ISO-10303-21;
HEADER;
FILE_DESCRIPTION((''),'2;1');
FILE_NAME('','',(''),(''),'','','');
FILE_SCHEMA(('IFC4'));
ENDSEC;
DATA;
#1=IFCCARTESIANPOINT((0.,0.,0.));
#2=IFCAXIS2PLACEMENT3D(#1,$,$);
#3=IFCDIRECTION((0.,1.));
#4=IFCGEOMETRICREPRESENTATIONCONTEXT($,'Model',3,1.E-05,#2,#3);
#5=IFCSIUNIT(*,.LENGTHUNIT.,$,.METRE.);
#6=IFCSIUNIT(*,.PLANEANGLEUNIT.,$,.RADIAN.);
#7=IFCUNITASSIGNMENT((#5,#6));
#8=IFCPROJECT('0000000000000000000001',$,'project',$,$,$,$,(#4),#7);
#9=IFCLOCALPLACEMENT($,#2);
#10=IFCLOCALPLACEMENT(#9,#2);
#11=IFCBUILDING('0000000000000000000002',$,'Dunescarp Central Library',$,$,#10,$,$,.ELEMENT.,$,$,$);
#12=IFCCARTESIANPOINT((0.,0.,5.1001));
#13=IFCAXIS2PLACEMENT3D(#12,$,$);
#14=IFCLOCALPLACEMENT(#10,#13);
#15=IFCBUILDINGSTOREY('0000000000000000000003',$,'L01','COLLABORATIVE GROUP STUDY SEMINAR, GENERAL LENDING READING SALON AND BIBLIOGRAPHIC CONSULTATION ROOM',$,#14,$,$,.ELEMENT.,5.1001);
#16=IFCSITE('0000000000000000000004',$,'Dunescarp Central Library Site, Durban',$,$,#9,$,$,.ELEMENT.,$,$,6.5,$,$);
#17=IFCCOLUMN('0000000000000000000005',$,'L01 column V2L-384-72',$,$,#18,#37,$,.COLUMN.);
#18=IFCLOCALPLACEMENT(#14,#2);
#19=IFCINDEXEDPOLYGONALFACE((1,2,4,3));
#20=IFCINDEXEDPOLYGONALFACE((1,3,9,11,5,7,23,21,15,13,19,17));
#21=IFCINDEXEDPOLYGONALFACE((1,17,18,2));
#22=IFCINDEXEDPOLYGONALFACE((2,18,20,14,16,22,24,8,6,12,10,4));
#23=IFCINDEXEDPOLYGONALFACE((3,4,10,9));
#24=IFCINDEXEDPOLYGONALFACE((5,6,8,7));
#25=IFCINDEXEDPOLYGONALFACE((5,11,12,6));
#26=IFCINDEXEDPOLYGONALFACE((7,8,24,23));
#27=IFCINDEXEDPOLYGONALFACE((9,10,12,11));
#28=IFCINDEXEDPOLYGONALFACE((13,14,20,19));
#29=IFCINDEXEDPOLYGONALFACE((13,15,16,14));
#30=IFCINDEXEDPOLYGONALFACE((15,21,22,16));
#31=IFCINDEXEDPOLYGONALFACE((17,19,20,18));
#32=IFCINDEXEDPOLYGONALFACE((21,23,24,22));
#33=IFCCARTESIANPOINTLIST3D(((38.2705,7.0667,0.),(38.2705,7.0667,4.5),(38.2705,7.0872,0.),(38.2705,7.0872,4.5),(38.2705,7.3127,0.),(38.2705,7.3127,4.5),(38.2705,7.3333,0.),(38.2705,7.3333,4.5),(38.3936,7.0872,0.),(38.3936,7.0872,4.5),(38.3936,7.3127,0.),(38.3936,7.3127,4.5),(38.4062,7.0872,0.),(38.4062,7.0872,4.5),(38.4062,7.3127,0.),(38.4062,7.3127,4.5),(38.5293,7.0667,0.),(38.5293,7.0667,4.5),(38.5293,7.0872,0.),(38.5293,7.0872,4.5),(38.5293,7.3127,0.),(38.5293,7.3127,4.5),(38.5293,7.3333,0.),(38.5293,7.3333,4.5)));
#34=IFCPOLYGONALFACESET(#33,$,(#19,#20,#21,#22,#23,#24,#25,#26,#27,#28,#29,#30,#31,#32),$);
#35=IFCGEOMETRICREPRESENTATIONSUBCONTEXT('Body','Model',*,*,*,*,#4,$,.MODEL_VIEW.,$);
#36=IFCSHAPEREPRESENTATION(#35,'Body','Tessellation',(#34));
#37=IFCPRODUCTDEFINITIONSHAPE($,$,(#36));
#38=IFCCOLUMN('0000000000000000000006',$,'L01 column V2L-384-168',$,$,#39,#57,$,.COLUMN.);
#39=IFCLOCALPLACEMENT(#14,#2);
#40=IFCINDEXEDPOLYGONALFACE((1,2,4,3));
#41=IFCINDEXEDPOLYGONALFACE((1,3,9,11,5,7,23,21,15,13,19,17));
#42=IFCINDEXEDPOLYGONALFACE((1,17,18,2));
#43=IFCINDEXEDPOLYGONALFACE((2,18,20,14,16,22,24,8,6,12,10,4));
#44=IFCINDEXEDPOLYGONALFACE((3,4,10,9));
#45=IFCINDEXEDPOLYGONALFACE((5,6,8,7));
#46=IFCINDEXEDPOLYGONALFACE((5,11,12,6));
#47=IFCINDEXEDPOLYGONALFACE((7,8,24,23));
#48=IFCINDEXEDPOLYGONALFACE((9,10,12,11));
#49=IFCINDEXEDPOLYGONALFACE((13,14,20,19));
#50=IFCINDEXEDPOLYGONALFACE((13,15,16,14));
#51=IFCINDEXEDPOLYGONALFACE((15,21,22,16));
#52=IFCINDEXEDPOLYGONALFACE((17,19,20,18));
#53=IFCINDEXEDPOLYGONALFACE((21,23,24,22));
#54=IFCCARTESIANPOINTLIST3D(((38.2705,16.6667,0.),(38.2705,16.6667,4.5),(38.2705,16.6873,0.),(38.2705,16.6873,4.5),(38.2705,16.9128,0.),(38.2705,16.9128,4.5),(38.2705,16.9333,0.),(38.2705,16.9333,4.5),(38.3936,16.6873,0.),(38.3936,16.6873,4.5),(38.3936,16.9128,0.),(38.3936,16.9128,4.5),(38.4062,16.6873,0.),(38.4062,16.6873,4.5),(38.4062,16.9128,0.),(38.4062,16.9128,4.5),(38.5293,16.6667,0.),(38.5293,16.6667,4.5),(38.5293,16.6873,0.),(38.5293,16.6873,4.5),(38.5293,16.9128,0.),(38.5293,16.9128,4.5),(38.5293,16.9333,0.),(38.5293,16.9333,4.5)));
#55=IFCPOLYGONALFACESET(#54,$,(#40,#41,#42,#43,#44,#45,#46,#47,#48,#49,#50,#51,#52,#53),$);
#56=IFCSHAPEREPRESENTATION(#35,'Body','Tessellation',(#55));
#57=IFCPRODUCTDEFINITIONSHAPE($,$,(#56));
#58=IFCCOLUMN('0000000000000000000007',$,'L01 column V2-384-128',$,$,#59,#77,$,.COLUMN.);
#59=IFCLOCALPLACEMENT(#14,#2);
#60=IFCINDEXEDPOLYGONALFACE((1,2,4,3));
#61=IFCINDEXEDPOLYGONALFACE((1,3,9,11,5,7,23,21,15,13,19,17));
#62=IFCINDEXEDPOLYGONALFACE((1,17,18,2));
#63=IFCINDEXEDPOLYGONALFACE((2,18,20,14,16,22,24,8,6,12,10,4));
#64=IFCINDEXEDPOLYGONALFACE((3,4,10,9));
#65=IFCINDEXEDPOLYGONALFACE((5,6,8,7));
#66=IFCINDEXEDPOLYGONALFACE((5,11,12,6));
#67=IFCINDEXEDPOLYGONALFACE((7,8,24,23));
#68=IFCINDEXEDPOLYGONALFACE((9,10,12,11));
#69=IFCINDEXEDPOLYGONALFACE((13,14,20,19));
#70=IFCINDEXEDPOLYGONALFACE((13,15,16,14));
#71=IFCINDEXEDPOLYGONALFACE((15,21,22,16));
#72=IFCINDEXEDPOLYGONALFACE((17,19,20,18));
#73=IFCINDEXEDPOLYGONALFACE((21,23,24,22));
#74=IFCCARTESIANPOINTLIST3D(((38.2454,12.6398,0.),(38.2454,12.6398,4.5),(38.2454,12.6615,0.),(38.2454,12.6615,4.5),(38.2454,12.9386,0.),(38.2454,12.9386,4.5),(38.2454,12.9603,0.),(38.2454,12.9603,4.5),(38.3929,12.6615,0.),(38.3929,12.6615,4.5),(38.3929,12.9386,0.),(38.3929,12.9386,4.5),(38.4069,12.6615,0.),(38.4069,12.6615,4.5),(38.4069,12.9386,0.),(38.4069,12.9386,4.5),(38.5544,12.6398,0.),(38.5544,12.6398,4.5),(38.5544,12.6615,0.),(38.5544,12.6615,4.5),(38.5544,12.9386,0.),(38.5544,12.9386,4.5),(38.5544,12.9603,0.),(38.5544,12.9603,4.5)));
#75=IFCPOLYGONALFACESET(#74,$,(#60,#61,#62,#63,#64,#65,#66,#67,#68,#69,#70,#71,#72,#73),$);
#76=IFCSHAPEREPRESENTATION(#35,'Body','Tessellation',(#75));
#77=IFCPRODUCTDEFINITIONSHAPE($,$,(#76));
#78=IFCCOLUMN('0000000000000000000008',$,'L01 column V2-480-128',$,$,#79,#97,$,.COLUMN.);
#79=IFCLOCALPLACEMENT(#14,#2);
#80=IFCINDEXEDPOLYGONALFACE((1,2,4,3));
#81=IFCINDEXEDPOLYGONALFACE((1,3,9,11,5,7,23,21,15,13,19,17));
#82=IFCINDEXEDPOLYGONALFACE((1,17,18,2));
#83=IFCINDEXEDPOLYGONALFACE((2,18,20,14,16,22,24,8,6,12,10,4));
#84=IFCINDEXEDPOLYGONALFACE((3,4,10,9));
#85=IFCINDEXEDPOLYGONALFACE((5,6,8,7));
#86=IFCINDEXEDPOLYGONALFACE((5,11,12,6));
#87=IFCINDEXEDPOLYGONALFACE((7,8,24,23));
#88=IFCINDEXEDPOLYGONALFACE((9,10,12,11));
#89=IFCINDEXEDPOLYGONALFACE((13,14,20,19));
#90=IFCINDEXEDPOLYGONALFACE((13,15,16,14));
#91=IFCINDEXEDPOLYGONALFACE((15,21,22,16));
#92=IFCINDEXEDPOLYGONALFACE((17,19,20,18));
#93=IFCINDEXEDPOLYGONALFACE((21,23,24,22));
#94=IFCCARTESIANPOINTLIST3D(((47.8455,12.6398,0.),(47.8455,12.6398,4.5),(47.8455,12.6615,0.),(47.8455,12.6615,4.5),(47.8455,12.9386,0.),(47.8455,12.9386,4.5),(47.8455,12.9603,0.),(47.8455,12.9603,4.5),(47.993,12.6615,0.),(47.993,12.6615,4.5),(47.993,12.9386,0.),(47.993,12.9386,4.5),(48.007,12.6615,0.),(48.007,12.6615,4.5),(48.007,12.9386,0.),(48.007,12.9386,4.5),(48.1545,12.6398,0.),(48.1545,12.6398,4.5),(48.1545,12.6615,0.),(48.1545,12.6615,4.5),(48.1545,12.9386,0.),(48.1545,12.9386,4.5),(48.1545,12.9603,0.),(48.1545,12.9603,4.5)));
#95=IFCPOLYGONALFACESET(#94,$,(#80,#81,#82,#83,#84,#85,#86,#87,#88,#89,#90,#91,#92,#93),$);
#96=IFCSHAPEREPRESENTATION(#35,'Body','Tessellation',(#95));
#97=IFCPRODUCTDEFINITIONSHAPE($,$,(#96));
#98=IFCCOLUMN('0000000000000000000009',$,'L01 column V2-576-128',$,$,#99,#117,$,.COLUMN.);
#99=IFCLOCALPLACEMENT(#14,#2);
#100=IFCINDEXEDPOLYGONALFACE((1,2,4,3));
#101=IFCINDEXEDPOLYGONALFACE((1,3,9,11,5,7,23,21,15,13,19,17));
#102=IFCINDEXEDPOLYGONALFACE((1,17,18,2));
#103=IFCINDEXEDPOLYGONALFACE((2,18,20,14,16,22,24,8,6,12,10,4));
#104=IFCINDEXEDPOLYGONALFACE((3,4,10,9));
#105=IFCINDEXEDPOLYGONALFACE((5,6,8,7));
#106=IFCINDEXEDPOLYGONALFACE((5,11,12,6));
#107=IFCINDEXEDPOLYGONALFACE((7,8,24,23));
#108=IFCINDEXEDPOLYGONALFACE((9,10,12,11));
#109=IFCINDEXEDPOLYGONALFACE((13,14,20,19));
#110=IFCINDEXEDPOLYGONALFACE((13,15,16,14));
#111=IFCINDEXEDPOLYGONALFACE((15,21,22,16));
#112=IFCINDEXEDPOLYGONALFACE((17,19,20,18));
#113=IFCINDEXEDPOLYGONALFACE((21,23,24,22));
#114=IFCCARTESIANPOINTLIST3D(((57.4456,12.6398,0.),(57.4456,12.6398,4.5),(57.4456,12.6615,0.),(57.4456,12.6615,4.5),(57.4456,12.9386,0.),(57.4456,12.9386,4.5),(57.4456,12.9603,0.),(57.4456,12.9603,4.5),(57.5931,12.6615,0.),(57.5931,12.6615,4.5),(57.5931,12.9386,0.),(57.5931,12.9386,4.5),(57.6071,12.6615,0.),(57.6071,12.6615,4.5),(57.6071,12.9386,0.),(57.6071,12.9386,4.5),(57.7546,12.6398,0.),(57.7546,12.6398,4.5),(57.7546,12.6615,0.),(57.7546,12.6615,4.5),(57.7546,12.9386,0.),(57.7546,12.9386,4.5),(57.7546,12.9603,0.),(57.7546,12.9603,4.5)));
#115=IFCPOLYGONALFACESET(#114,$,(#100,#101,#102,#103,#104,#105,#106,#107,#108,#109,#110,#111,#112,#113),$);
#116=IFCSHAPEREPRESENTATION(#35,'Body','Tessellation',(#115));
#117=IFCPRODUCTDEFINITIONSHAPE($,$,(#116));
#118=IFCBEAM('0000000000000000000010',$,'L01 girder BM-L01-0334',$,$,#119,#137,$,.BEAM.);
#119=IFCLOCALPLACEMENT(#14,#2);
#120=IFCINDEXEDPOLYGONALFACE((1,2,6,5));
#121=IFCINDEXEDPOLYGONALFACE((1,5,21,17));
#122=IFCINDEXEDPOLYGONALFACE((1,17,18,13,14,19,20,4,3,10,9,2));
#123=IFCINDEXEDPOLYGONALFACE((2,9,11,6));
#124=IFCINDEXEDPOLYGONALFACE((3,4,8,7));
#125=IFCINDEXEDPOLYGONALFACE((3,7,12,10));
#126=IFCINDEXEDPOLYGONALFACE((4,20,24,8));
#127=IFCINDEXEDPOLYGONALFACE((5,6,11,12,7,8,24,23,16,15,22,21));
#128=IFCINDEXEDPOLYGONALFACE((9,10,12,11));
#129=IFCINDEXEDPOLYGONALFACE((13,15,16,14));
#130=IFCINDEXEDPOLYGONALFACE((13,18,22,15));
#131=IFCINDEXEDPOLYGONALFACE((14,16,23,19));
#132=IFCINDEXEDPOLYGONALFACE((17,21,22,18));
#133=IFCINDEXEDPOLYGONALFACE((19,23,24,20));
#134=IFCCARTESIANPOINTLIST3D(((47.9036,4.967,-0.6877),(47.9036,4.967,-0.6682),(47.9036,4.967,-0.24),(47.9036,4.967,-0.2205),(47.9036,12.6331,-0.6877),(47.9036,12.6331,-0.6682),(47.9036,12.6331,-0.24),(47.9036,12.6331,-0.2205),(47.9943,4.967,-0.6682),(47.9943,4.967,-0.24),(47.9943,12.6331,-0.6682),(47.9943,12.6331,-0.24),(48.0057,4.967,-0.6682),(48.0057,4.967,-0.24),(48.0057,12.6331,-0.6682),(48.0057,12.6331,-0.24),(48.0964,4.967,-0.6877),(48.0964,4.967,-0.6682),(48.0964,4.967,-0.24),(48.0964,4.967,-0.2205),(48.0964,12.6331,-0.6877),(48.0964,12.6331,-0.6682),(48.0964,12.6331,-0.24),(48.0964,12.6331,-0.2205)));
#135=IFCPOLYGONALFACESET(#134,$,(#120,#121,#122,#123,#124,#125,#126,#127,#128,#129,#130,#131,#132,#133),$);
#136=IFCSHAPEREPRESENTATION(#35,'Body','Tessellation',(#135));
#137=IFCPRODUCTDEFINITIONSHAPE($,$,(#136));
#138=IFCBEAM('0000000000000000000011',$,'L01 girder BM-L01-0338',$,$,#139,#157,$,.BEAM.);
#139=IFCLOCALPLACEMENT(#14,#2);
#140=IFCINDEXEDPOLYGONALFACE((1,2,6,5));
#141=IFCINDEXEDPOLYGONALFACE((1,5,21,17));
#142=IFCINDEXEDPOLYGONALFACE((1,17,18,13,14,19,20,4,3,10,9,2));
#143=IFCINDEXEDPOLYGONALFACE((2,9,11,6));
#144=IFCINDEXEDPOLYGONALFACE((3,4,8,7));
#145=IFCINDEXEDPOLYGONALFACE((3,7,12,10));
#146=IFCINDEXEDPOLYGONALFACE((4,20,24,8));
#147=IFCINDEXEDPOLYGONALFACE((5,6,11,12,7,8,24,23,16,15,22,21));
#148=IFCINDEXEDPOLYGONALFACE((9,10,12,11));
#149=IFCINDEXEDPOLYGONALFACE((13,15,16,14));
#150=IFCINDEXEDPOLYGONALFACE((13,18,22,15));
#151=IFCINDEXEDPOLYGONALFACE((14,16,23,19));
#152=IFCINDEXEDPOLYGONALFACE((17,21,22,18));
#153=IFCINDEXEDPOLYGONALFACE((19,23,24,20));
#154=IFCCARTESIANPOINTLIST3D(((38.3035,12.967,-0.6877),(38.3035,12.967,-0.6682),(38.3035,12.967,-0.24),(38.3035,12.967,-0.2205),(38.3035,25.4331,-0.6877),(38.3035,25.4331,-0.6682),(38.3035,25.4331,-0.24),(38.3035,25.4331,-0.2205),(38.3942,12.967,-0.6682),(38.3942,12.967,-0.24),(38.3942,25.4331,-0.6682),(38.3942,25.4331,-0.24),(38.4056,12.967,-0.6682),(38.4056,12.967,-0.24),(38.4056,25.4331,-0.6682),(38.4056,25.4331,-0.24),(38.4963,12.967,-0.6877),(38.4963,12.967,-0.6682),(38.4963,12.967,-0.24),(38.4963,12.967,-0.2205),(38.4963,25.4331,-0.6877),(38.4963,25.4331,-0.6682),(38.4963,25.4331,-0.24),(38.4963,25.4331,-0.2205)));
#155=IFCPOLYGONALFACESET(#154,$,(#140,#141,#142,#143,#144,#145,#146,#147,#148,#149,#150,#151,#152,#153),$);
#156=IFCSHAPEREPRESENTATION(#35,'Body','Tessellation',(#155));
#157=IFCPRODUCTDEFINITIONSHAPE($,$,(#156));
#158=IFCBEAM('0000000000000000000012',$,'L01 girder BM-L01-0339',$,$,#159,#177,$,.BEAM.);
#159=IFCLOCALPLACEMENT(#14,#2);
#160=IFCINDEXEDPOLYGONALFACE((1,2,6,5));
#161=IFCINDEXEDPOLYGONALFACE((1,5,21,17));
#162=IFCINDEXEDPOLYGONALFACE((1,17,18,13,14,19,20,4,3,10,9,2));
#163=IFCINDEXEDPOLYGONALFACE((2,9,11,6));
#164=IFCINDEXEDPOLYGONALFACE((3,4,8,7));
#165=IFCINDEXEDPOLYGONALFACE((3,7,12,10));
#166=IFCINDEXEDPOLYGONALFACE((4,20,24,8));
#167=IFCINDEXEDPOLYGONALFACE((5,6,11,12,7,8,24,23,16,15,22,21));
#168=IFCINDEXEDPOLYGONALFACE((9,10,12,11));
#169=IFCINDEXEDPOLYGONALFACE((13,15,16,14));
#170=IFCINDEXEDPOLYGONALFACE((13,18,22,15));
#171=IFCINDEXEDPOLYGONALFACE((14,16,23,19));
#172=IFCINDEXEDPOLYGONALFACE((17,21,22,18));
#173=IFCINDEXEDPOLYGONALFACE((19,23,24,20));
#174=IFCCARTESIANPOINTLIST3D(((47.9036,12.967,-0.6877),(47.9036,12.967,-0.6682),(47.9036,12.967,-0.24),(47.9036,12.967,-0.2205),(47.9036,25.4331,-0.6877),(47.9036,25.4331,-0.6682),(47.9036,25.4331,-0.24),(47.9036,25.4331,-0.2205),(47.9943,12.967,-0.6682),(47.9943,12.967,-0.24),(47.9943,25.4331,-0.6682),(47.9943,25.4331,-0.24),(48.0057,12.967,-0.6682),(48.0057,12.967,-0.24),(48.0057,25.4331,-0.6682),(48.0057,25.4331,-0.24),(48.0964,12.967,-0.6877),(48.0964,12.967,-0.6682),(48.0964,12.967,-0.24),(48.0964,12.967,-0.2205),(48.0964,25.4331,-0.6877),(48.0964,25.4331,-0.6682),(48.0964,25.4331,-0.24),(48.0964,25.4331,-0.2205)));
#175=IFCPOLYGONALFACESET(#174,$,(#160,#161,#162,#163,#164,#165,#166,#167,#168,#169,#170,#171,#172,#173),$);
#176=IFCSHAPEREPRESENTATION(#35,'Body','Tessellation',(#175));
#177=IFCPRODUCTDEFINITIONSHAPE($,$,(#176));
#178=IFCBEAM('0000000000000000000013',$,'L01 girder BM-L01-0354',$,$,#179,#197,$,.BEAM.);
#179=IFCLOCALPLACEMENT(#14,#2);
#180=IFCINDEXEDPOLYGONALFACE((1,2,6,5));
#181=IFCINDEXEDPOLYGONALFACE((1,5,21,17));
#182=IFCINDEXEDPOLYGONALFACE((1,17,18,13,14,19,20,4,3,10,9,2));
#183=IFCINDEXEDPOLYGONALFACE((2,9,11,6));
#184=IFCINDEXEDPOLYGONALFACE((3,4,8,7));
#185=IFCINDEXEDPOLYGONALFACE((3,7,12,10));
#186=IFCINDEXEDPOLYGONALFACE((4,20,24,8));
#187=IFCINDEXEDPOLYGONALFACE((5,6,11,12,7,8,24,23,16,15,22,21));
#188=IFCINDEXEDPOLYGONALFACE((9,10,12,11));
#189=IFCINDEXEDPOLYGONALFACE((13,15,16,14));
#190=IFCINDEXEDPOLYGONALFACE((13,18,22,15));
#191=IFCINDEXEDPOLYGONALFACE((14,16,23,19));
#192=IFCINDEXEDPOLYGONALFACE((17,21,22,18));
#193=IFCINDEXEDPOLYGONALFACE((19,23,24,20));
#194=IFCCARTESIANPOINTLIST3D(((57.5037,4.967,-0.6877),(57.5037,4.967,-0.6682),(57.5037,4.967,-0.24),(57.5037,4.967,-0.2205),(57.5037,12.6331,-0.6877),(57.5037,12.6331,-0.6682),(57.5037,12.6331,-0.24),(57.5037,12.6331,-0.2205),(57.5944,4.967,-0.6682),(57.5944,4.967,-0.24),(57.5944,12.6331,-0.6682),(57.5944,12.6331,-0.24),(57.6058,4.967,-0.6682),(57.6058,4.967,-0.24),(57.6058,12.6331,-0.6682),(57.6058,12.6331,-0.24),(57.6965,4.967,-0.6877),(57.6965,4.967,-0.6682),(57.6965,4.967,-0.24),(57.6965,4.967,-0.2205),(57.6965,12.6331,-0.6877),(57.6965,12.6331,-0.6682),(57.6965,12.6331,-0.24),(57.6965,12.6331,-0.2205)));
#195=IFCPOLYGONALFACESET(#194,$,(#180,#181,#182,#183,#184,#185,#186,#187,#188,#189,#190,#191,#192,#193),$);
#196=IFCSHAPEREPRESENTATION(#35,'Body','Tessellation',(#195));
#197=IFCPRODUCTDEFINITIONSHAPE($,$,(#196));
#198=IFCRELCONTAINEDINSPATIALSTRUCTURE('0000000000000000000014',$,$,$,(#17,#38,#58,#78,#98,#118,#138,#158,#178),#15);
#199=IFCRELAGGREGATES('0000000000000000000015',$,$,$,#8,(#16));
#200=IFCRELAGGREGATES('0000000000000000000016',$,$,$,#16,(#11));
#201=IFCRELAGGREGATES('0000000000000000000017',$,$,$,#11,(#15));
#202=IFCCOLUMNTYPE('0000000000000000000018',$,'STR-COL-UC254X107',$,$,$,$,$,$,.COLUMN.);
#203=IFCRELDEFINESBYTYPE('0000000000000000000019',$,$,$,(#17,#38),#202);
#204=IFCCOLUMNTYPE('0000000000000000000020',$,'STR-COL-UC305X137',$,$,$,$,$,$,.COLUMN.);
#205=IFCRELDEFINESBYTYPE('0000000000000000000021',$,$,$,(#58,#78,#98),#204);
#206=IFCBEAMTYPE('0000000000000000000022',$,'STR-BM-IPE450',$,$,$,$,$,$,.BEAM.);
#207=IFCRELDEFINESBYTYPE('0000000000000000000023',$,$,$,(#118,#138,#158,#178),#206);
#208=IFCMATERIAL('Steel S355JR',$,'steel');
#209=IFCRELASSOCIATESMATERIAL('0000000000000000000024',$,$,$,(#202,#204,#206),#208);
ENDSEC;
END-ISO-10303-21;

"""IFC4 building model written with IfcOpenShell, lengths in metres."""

from ifc_helpers import new_model, si_unit, direction, frame, origin, origin_2d, place, context, subcontext, project, spatial, i_section, extrude, material, material_profile, profile_set, type_object, element, save


model = new_model("IFC4")

# Units and contexts
model_context = context("Model", 3, precision=1e-05, world=origin(), true_north=direction((0.0, 1.0)))
body_context = subcontext(model_context, "Body", "Model", "MODEL_VIEW")
ifc_project = project(units=[si_unit("LENGTHUNIT", "METRE"), si_unit("PLANEANGLEUNIT", "RADIAN")], contexts=[model_context])

# Site, building, storey
site_placement = place(None, origin())
site = spatial("IfcSite", under=ifc_project, at=site_placement, Name="Dunescarp Central Library Site, Durban", CompositionType="ELEMENT", RefElevation=6.5)
building_placement = place(site_placement, origin())
building = spatial("IfcBuilding", under=site, at=building_placement, Name="Dunescarp Central Library", CompositionType="ELEMENT")
storey_placement = place(building_placement, frame((0.0, 0.0, 5.1001)))
storey = spatial("IfcBuildingStorey", under=building, at=storey_placement, Name="L01", Description="COLLABORATIVE GROUP STUDY SEMINAR, GENERAL LENDING READING SALON AND BIBLIOGRAPHIC CONSULTATION ROOM", CompositionType="ELEMENT", Elevation=5.1001)

# Columns
ifc_material_1 = material(Name="Steel S355JR", Category="steel")
ifc_material_profile_1 = material_profile(ifc_material_1, i_section(OverallWidth=0.2588, OverallDepth=0.2666, WebThickness=0.0127, FlangeThickness=0.0205, at=origin_2d()), Name="UC 254x254x107")
ifc_profile_set_1 = profile_set([ifc_material_profile_1], Name="Steel S355JR")
column_type_1 = type_object("IfcColumnType", Name="STR-COL-UC254X107", PredefinedType="COLUMN", material=ifc_profile_set_1)
for number, where, z_axis, x_axis, name in (
    (1, (38.3999, 7.2, 0.0), (0.0, 0.0, 1.0), (1.0, 0.0, 0.0), "L01 column V2L-384-72"),
    (2, (38.3999, 16.8, 0.0), (0.0, 0.0, 1.0), (1.0, 0.0, 0.0), "L01 column V2L-384-168"),
):
    element("IfcColumn", number, at=place(storey_placement, frame(where, z_axis=z_axis, x_axis=x_axis)), inside=storey, type_object=column_type_1, Name=name, PredefinedType="COLUMN", context=body_context, shape_type="SweptSolid", body=[
        extrude(i_section(OverallWidth=0.2588, OverallDepth=0.2666, WebThickness=0.0127, FlangeThickness=0.0205, at=origin_2d()), origin(), (0.0, 0.0, 1.0), 4.5),
    ])
ifc_material_profile_2 = material_profile(ifc_material_1, i_section(OverallWidth=0.3091, OverallDepth=0.3206, WebThickness=0.0139, FlangeThickness=0.0217, at=origin_2d()), Name="UC 305x305x137")
ifc_profile_set_2 = profile_set([ifc_material_profile_2], Name="Steel S355JR")
column_type_2 = type_object("IfcColumnType", Name="STR-COL-UC305X137", PredefinedType="COLUMN", material=ifc_profile_set_2)
for number, where, z_axis, x_axis, name in (
    (3, (38.3999, 12.8, 0.0), (0.0, 0.0, 1.0), (1.0, 0.0, 0.0), "L01 column V2-384-128"),
    (4, (48.0, 12.8, 0.0), (0.0, 0.0, 1.0), (1.0, 0.0, 0.0), "L01 column V2-480-128"),
    (5, (57.6001, 12.8, 0.0), (0.0, 0.0, 1.0), (1.0, 0.0, 0.0), "L01 column V2-576-128"),
):
    element("IfcColumn", number, at=place(storey_placement, frame(where, z_axis=z_axis, x_axis=x_axis)), inside=storey, type_object=column_type_2, Name=name, PredefinedType="COLUMN", context=body_context, shape_type="SweptSolid", body=[
        extrude(i_section(OverallWidth=0.3091, OverallDepth=0.3206, WebThickness=0.0139, FlangeThickness=0.0217, at=origin_2d()), origin(), (0.0, 0.0, 1.0), 4.5),
    ])

# Beams
ifc_material_profile_3 = material_profile(ifc_material_1, i_section(OverallWidth=0.1929, OverallDepth=0.4673, WebThickness=0.0115, FlangeThickness=0.0195, at=origin_2d()), Name="UB 457x191x98")
ifc_profile_set_3 = profile_set([ifc_material_profile_3], Name="Steel S355JR")
beam_type_1 = type_object("IfcBeamType", Name="STR-BM-IPE450", PredefinedType="BEAM", material=ifc_profile_set_3)
beam_1_placement = place(storey_placement, frame((48.0, 4.967, -0.4541), z_axis=(0.0, 1.0, 0.0), x_axis=(-1.0, 0.0, 0.0)))
element("IfcBeam", 6, at=beam_1_placement, inside=storey, type_object=beam_type_1, Name="L01 girder BM-L01-0334", PredefinedType="BEAM", context=body_context, shape_type="SweptSolid", body=[
    extrude(i_section(OverallWidth=0.1929, OverallDepth=0.4673, WebThickness=0.0115, FlangeThickness=0.0195, at=origin_2d()), origin(), (0.0, 0.0, 1.0), 7.666),
])
for number, where, z_axis, x_axis, name in (
    (7, (38.3999, 12.967, -0.4541), (0.0, 1.0, 0.0), (-1.0, 0.0, 0.0), "L01 girder BM-L01-0338"),
    (8, (48.0, 12.967, -0.4541), (0.0, 1.0, 0.0), (-1.0, 0.0, 0.0), "L01 girder BM-L01-0339"),
):
    element("IfcBeam", number, at=place(storey_placement, frame(where, z_axis=z_axis, x_axis=x_axis)), inside=storey, type_object=beam_type_1, Name=name, PredefinedType="BEAM", context=body_context, shape_type="SweptSolid", body=[
        extrude(i_section(OverallWidth=0.1929, OverallDepth=0.4673, WebThickness=0.0115, FlangeThickness=0.0195, at=origin_2d()), origin(), (0.0, 0.0, 1.0), 12.4661),
    ])
beam_2_placement = place(storey_placement, frame((57.6001, 4.967, -0.4541), z_axis=(0.0, 1.0, 0.0), x_axis=(-1.0, 0.0, 0.0)))
element("IfcBeam", 9, at=beam_2_placement, inside=storey, type_object=beam_type_1, Name="L01 girder BM-L01-0354", PredefinedType="BEAM", context=body_context, shape_type="SweptSolid", body=[
    extrude(i_section(OverallWidth=0.1929, OverallDepth=0.4673, WebThickness=0.0115, FlangeThickness=0.0195, at=origin_2d()), origin(), (0.0, 0.0, 1.0), 7.666),
])

save(model, "model.ifc")
